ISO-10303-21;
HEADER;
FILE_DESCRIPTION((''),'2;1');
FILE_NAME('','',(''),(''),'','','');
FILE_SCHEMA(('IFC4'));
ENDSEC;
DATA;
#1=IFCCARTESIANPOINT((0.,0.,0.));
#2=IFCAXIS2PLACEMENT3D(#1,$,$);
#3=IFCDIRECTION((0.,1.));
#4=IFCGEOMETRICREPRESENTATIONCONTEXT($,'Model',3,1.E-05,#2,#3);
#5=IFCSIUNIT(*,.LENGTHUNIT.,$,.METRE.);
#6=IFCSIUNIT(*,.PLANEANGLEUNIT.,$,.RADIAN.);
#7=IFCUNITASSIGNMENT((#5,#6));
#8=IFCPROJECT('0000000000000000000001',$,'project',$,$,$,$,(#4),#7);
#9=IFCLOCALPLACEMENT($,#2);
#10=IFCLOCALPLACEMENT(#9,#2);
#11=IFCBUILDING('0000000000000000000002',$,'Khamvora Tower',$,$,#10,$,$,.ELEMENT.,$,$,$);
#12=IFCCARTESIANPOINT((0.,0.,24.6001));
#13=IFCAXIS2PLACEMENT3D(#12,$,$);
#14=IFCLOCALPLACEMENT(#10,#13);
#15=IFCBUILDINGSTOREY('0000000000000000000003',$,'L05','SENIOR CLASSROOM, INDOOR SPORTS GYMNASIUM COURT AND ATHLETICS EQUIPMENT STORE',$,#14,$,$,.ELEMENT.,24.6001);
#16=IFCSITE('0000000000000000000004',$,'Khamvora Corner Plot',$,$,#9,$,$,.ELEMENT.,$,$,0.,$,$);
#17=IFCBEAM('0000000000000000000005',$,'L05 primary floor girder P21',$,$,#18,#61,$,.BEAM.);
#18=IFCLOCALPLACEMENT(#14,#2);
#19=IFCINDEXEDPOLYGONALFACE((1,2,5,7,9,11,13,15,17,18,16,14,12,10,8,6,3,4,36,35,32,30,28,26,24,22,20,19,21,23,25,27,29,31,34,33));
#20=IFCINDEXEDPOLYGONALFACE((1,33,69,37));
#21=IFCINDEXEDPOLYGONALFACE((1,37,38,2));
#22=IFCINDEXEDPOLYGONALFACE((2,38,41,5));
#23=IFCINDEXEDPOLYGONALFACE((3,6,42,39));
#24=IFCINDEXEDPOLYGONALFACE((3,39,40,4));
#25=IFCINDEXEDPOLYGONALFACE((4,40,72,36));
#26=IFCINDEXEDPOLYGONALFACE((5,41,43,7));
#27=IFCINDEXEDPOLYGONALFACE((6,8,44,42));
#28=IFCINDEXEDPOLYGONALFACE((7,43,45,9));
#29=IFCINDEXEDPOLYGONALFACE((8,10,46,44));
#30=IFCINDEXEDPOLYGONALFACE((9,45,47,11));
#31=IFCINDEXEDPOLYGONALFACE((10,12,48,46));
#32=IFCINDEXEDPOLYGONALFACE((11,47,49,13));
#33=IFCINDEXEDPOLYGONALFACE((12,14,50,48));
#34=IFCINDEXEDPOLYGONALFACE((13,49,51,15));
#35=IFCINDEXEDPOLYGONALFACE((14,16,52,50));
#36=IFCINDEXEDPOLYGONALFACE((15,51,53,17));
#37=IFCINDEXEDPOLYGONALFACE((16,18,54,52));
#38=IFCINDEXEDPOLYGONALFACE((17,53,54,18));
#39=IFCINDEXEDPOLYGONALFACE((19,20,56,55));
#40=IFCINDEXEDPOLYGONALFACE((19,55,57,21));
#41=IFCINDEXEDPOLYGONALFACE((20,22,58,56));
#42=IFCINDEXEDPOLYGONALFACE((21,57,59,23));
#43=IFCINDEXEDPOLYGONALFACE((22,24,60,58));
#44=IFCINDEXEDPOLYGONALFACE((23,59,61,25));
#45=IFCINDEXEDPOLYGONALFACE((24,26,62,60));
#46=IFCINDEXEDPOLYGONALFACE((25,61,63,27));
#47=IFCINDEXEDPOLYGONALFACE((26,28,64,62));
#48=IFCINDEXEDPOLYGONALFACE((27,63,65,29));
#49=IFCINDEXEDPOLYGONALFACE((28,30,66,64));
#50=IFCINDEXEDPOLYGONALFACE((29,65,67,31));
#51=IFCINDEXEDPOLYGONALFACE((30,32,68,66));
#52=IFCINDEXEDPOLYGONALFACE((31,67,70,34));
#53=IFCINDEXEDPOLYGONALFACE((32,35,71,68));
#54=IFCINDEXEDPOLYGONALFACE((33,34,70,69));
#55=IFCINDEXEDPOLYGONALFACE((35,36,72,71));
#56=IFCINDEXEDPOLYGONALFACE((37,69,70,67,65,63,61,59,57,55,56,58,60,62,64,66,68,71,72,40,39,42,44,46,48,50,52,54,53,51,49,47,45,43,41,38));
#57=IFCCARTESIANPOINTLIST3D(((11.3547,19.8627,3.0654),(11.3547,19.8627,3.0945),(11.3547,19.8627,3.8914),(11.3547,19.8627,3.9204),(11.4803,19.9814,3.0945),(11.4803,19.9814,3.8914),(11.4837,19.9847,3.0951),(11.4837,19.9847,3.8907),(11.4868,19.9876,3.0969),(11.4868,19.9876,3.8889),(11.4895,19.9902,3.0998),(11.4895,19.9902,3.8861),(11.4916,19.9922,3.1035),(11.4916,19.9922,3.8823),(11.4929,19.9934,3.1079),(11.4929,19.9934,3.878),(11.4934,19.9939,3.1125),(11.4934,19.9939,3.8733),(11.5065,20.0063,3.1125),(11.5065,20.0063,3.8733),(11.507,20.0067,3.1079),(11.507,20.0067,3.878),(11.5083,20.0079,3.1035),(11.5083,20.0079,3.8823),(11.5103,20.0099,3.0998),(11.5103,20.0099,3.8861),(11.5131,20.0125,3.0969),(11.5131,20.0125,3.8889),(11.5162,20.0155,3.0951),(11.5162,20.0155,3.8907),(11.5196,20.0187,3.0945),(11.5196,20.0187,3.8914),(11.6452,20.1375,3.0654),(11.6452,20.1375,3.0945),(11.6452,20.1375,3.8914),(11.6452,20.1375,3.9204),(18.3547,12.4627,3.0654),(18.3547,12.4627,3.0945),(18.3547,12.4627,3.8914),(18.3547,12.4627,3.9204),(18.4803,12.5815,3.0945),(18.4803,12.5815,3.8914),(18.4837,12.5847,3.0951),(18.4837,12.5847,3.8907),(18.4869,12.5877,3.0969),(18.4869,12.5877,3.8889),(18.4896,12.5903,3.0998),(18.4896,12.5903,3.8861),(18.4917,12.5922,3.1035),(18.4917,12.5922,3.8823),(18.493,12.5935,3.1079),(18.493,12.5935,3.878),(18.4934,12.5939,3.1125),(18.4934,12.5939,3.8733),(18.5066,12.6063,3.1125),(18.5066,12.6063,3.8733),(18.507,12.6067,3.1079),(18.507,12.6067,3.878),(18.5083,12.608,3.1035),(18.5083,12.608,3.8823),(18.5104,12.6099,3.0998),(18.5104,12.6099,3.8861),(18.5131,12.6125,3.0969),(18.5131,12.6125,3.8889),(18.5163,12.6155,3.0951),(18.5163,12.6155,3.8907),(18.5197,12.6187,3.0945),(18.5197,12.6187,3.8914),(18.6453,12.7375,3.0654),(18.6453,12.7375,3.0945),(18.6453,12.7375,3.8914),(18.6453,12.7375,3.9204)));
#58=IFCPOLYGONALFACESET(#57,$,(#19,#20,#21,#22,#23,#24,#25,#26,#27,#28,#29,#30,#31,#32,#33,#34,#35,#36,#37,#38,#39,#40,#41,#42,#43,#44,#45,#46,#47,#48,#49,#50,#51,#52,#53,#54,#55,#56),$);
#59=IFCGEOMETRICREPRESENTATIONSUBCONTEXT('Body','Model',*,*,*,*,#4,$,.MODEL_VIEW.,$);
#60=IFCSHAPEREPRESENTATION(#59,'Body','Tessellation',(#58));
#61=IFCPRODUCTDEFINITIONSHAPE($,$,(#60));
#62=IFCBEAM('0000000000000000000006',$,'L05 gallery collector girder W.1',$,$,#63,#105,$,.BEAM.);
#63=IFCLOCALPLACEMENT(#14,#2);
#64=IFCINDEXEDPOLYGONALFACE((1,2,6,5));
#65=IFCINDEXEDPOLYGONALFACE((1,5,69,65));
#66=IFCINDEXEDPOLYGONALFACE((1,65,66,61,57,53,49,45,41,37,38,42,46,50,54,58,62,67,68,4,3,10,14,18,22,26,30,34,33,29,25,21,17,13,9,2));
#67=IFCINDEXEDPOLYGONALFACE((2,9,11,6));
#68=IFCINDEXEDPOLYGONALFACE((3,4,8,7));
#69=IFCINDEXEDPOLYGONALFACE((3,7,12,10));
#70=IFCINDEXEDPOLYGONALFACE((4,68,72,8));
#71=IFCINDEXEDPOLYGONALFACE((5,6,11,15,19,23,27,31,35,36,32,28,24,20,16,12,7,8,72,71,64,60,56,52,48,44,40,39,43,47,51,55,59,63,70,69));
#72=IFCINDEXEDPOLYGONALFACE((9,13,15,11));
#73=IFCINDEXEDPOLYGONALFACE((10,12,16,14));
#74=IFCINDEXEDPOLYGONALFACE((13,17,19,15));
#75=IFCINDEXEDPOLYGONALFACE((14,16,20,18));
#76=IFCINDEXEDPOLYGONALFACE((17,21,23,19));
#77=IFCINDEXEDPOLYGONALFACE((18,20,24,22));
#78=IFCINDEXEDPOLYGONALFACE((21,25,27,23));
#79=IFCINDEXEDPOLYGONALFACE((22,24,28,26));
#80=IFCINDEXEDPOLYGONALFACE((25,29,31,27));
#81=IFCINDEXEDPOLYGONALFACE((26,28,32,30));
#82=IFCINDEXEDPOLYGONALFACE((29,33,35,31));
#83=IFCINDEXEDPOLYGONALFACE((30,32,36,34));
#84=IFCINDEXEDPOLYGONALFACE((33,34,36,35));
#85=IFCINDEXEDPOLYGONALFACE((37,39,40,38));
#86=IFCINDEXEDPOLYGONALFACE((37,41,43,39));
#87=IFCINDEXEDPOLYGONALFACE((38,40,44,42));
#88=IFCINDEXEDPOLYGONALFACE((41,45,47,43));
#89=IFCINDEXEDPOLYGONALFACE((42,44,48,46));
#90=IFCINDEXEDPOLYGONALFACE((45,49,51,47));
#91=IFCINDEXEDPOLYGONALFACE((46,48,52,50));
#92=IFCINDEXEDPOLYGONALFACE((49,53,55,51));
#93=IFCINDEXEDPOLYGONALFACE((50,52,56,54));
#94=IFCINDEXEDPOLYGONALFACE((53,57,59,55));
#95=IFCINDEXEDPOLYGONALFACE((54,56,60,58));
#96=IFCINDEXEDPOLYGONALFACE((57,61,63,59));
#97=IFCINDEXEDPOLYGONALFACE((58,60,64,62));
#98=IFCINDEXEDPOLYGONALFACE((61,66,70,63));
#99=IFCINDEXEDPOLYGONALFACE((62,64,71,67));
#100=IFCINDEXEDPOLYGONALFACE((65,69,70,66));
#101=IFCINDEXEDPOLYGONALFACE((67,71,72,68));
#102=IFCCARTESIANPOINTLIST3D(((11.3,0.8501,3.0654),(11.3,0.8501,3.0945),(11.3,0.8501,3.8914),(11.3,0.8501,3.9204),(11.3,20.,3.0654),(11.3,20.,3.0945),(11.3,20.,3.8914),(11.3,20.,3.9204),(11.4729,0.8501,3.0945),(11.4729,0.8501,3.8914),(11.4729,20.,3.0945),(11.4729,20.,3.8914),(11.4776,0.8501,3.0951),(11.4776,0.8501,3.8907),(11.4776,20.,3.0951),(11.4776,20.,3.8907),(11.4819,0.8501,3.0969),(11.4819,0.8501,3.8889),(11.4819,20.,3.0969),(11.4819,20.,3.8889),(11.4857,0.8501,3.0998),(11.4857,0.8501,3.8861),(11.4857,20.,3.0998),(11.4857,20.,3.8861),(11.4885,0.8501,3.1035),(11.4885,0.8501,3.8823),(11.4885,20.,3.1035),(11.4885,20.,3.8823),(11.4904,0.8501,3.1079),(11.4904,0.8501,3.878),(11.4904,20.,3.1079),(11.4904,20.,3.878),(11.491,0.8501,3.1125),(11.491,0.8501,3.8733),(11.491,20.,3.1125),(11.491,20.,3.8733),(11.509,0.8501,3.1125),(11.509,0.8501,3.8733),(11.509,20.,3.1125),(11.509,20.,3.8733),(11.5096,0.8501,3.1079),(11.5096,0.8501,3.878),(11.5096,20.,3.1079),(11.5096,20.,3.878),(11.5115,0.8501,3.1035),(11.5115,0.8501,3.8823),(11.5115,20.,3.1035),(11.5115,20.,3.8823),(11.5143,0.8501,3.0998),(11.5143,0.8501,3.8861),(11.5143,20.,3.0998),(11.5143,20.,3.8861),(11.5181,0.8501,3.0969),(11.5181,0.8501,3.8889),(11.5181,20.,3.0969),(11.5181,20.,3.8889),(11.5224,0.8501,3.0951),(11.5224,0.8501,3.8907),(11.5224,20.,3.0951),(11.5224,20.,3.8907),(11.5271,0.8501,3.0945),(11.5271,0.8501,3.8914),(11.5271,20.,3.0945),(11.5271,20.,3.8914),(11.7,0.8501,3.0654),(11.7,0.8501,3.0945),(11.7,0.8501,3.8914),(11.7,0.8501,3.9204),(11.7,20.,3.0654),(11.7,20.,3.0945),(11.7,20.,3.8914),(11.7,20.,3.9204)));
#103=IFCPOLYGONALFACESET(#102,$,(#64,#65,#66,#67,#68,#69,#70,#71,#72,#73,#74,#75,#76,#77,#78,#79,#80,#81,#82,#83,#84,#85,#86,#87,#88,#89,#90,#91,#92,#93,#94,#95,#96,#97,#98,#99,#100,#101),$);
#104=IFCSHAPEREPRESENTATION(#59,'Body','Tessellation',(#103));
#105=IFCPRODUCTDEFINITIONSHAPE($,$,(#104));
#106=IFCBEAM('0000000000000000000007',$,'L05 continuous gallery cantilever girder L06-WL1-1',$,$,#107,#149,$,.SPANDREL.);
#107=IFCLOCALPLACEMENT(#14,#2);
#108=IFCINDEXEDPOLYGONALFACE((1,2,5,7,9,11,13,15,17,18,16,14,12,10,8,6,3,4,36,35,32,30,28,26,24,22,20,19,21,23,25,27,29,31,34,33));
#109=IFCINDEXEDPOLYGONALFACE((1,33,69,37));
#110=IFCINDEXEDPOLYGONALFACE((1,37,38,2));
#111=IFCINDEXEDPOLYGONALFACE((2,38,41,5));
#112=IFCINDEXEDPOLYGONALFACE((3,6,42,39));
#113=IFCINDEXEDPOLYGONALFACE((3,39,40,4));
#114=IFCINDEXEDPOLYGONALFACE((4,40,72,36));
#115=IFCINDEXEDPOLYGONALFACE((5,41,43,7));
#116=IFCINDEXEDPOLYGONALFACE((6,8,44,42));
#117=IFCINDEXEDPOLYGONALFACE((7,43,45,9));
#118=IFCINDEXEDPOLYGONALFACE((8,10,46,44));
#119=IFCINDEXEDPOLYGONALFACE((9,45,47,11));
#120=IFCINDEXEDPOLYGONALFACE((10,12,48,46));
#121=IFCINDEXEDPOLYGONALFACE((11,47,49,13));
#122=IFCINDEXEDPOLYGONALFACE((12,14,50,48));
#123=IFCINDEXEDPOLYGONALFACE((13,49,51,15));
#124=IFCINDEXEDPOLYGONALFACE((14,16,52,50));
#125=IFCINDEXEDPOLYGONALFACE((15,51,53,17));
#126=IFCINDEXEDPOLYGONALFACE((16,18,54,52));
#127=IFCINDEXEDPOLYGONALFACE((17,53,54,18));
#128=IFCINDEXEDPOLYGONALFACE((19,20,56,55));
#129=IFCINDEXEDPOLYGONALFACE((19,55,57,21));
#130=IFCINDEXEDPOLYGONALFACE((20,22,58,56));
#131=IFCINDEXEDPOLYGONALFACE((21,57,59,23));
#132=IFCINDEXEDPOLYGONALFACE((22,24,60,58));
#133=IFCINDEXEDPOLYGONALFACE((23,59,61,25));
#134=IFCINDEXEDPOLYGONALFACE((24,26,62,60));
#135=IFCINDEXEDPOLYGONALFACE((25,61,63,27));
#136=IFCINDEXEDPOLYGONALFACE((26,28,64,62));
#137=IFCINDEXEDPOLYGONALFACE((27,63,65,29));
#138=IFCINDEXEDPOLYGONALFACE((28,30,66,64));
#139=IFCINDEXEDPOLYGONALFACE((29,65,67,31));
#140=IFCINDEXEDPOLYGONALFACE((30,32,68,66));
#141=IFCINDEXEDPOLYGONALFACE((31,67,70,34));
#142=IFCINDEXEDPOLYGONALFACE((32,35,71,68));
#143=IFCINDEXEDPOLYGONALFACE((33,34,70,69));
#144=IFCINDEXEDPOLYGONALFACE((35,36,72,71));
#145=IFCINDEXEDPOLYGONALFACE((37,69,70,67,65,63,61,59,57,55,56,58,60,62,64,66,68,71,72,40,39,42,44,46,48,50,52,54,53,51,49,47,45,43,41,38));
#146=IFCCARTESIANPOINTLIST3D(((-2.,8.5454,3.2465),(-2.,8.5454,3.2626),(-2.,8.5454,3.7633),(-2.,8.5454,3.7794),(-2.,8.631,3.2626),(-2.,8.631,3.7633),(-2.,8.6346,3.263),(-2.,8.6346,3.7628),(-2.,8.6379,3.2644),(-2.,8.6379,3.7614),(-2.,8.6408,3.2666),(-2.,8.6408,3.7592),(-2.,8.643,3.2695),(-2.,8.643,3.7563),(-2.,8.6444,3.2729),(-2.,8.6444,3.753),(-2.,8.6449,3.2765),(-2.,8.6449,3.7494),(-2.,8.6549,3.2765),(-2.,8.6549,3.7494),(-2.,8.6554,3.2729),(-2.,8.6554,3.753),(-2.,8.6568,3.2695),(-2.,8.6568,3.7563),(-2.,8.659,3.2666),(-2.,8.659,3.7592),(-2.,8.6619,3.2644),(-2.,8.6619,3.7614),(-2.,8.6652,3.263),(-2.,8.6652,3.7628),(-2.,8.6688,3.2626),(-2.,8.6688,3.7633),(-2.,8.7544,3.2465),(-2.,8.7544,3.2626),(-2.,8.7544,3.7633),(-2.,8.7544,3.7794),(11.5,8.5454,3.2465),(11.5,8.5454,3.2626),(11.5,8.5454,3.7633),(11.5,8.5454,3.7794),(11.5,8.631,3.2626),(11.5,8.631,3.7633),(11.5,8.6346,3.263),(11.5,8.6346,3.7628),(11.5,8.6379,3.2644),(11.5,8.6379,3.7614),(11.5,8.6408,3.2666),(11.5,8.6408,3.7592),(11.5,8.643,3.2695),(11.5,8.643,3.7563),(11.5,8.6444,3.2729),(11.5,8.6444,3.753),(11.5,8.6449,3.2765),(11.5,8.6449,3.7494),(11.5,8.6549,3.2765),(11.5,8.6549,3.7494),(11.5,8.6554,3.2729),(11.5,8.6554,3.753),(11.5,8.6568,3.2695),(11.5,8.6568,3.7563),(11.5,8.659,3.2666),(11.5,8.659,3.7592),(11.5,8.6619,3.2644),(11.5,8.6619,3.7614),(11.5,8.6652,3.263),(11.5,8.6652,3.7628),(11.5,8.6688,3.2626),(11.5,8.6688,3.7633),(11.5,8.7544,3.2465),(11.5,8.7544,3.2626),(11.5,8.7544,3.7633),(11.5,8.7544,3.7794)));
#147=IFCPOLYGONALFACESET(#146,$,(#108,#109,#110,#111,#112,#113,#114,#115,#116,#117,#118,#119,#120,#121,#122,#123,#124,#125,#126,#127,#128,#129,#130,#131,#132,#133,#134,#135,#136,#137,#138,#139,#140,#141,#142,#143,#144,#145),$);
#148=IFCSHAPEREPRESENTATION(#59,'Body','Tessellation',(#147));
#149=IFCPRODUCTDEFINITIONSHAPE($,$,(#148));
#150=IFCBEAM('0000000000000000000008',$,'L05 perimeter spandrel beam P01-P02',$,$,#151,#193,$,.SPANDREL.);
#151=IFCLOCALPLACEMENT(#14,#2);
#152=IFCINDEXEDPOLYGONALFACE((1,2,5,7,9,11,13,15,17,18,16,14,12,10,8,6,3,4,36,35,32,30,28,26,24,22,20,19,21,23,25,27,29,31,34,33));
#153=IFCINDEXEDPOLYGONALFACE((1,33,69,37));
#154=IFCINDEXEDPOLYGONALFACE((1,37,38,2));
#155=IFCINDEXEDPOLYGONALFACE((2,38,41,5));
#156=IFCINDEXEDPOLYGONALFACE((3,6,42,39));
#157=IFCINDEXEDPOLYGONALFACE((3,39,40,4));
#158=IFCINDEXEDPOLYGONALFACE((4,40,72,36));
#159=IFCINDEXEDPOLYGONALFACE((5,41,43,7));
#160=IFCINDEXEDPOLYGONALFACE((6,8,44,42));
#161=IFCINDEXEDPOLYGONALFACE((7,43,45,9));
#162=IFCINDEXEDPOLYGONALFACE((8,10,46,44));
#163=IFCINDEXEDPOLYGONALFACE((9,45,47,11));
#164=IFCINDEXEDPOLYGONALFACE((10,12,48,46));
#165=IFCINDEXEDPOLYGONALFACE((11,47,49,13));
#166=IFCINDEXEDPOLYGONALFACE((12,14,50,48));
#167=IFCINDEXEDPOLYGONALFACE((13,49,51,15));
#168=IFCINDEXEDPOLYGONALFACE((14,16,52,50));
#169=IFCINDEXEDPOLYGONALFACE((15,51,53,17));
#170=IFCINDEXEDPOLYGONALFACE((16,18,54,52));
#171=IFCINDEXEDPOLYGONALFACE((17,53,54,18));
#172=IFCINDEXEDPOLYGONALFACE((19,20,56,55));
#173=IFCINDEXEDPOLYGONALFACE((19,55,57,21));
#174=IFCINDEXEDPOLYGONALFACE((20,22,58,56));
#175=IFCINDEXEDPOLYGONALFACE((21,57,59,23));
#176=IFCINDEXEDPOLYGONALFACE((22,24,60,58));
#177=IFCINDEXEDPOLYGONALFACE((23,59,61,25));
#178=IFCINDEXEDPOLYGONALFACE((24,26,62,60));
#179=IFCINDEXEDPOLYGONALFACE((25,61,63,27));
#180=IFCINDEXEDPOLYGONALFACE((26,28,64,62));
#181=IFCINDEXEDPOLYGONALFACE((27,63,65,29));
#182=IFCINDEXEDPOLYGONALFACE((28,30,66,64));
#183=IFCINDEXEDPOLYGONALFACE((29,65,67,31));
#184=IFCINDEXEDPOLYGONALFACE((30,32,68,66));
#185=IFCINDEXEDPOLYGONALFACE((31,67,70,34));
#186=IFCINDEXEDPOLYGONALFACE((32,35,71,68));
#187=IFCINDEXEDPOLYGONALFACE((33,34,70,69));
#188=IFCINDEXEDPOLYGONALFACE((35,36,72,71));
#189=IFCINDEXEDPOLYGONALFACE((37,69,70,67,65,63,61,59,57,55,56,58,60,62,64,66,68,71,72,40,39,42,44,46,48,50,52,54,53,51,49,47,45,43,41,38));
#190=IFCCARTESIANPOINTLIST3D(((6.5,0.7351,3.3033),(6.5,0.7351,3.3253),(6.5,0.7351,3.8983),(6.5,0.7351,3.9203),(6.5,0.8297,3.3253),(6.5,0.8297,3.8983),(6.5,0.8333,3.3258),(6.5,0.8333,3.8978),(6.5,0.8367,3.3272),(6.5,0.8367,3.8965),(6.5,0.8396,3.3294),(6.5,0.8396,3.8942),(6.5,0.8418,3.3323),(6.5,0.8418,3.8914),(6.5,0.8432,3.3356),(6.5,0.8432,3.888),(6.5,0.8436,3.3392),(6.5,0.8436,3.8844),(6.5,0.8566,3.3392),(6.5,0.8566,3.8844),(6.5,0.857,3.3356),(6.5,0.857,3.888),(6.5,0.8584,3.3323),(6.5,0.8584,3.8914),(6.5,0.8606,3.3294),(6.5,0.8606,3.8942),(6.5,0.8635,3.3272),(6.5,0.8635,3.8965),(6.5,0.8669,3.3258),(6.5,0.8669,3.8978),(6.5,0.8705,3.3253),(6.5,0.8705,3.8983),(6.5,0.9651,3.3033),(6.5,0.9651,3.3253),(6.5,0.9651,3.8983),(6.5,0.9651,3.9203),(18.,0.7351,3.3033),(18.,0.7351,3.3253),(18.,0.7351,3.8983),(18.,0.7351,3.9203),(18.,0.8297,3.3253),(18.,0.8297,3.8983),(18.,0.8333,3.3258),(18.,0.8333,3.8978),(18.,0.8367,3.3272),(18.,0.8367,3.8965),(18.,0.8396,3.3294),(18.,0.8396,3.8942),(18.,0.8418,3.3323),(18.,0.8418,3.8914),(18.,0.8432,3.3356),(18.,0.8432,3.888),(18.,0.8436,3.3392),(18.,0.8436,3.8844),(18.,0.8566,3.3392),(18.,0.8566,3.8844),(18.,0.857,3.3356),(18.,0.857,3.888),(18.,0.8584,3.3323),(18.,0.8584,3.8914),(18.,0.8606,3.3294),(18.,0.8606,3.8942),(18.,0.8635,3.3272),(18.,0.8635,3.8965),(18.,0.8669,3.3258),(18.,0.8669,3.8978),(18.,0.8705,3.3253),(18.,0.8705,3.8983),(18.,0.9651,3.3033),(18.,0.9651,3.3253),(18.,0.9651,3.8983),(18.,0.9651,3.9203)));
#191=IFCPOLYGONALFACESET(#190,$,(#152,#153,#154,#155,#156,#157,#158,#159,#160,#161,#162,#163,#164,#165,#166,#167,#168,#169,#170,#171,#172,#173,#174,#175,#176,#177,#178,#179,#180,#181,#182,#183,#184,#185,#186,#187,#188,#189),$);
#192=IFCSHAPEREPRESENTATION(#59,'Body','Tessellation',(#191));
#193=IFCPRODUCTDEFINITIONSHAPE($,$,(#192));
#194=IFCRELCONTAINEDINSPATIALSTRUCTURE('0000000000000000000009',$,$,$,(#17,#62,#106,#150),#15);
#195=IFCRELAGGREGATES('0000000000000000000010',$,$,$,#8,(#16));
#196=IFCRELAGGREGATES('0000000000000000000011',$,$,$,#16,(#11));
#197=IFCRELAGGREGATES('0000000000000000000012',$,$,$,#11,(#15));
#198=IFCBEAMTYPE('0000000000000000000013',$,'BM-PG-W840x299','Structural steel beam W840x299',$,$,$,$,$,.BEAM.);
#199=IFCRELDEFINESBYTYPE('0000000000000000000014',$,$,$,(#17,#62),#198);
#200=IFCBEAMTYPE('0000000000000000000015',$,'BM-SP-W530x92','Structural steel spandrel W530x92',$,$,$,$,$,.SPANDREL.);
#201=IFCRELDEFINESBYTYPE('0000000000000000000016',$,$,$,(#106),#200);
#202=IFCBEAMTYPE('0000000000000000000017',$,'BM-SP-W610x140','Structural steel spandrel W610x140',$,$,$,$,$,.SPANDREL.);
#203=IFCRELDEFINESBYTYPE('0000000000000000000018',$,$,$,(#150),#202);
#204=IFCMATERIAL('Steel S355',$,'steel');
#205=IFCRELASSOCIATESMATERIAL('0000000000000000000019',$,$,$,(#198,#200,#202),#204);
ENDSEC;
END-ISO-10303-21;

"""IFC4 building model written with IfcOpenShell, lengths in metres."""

from ifc_helpers import new_model, si_unit, direction, frame, origin, origin_2d, place, context, subcontext, project, spatial, i_section, extrude, material, material_profile, profile_set, type_object, element, save


model = new_model("IFC4")

# Units and contexts
model_context = context("Model", 3, precision=1e-05, world=origin(), true_north=direction((0.0, 1.0)))
body_context = subcontext(model_context, "Body", "Model", "MODEL_VIEW")
ifc_project = project(units=[si_unit("LENGTHUNIT", "METRE"), si_unit("PLANEANGLEUNIT", "RADIAN")], contexts=[model_context])

# Site, building, storey
site_placement = place(None, origin())
site = spatial("IfcSite", under=ifc_project, at=site_placement, Name="Khamvora Corner Plot", CompositionType="ELEMENT", RefElevation=0.0)
building_placement = place(site_placement, origin())
building = spatial("IfcBuilding", under=site, at=building_placement, Name="Khamvora Tower", CompositionType="ELEMENT")
storey_placement = place(building_placement, frame((0.0, 0.0, 24.6001)))
storey = spatial("IfcBuildingStorey", under=building, at=storey_placement, Name="L05", Description="SENIOR CLASSROOM, INDOOR SPORTS GYMNASIUM COURT AND ATHLETICS EQUIPMENT STORE", CompositionType="ELEMENT", Elevation=24.6001)

# Beams
ifc_material_1 = material(Name="Steel S355", Category="steel")
ifc_material_profile_1 = material_profile(ifc_material_1, i_section(OverallWidth=0.3999, OverallDepth=0.855, WebThickness=0.0181, FlangeThickness=0.0291, FilletRadius=0.0181, at=origin_2d()), Name="W840x299")
ifc_profile_set_1 = profile_set([ifc_material_profile_1], Name="Steel S355")
beam_type_1 = type_object("IfcBeamType", Name="BM-PG-W840x299", Description="Structural steel beam W840x299", PredefinedType="BEAM", material=ifc_profile_set_1)
beam_1_placement = place(storey_placement, frame((18.5, 12.6001, 3.4929), z_axis=(-0.687205, 0.726464, 0.0), x_axis=(-0.726464, -0.687205, 0.0)))
element("IfcBeam", 1, at=beam_1_placement, inside=storey, type_object=beam_type_1, Name="L05 primary floor girder P21", PredefinedType="BEAM", context=body_context, shape_type="SweptSolid", body=[
    extrude(i_section(OverallWidth=0.3999, OverallDepth=0.855, WebThickness=0.0181, FlangeThickness=0.0291, FilletRadius=0.0181, at=origin_2d()), origin(), (0.0, 0.0, 1.0), 10.1863),
])
beam_2_placement = place(storey_placement, frame((11.5, 0.8501, 3.4929), z_axis=(0.0, 1.0, 0.0), x_axis=(-1.0, 0.0, 0.0)))
element("IfcBeam", 2, at=beam_2_placement, inside=storey, type_object=beam_type_1, Name="L05 gallery collector girder W.1", PredefinedType="BEAM", context=body_context, shape_type="SweptSolid", body=[
    extrude(i_section(OverallWidth=0.3999, OverallDepth=0.855, WebThickness=0.0181, FlangeThickness=0.0291, FilletRadius=0.0181, at=origin_2d()), origin(), (0.0, 0.0, 1.0), 19.1499),
])
ifc_material_profile_2 = material_profile(ifc_material_1, i_section(OverallWidth=0.209, OverallDepth=0.533, WebThickness=0.01, FlangeThickness=0.0161, FilletRadius=0.0139, at=origin_2d()), Name="W530x92")
ifc_profile_set_2 = profile_set([ifc_material_profile_2], Name="Steel S355")
beam_type_2 = type_object("IfcBeamType", Name="BM-SP-W530x92", Description="Structural steel spandrel W530x92", PredefinedType="SPANDREL", material=ifc_profile_set_2)
beam_3_placement = place(storey_placement, frame((11.5, 8.6499, 3.5129), z_axis=(-1.0, 0.0, 0.0), x_axis=(0.0, -1.0, 0.0)))
element("IfcBeam", 3, at=beam_3_placement, inside=storey, type_object=beam_type_2, Name="L05 continuous gallery cantilever girder L06-WL1-1", PredefinedType="SPANDREL", context=body_context, shape_type="SweptSolid", body=[
    extrude(i_section(OverallWidth=0.209, OverallDepth=0.533, WebThickness=0.01, FlangeThickness=0.0161, FilletRadius=0.0139, at=origin_2d()), origin(), (0.0, 0.0, 1.0), 13.5),
])
ifc_material_profile_3 = material_profile(ifc_material_1, i_section(OverallWidth=0.23, OverallDepth=0.6169, WebThickness=0.0129, FlangeThickness=0.022, FilletRadius=0.0139, at=origin_2d()), Name="W610x140")
ifc_profile_set_3 = profile_set([ifc_material_profile_3], Name="Steel S355")
beam_type_3 = type_object("IfcBeamType", Name="BM-SP-W610x140", Description="Structural steel spandrel W610x140", PredefinedType="SPANDREL", material=ifc_profile_set_3)
beam_4_placement = place(storey_placement, frame((6.5, 0.8501, 3.6118), z_axis=(1.0, 0.0, 0.0), x_axis=(0.0, 1.0, 0.0)))
element("IfcBeam", 4, at=beam_4_placement, inside=storey, type_object=beam_type_3, Name="L05 perimeter spandrel beam P01-P02", PredefinedType="SPANDREL", context=body_context, shape_type="SweptSolid", body=[
    extrude(i_section(OverallWidth=0.23, OverallDepth=0.6169, WebThickness=0.0129, FlangeThickness=0.022, FilletRadius=0.0139, at=origin_2d()), origin(), (0.0, 0.0, 1.0), 11.5),
])

save(model, "model.ifc")
